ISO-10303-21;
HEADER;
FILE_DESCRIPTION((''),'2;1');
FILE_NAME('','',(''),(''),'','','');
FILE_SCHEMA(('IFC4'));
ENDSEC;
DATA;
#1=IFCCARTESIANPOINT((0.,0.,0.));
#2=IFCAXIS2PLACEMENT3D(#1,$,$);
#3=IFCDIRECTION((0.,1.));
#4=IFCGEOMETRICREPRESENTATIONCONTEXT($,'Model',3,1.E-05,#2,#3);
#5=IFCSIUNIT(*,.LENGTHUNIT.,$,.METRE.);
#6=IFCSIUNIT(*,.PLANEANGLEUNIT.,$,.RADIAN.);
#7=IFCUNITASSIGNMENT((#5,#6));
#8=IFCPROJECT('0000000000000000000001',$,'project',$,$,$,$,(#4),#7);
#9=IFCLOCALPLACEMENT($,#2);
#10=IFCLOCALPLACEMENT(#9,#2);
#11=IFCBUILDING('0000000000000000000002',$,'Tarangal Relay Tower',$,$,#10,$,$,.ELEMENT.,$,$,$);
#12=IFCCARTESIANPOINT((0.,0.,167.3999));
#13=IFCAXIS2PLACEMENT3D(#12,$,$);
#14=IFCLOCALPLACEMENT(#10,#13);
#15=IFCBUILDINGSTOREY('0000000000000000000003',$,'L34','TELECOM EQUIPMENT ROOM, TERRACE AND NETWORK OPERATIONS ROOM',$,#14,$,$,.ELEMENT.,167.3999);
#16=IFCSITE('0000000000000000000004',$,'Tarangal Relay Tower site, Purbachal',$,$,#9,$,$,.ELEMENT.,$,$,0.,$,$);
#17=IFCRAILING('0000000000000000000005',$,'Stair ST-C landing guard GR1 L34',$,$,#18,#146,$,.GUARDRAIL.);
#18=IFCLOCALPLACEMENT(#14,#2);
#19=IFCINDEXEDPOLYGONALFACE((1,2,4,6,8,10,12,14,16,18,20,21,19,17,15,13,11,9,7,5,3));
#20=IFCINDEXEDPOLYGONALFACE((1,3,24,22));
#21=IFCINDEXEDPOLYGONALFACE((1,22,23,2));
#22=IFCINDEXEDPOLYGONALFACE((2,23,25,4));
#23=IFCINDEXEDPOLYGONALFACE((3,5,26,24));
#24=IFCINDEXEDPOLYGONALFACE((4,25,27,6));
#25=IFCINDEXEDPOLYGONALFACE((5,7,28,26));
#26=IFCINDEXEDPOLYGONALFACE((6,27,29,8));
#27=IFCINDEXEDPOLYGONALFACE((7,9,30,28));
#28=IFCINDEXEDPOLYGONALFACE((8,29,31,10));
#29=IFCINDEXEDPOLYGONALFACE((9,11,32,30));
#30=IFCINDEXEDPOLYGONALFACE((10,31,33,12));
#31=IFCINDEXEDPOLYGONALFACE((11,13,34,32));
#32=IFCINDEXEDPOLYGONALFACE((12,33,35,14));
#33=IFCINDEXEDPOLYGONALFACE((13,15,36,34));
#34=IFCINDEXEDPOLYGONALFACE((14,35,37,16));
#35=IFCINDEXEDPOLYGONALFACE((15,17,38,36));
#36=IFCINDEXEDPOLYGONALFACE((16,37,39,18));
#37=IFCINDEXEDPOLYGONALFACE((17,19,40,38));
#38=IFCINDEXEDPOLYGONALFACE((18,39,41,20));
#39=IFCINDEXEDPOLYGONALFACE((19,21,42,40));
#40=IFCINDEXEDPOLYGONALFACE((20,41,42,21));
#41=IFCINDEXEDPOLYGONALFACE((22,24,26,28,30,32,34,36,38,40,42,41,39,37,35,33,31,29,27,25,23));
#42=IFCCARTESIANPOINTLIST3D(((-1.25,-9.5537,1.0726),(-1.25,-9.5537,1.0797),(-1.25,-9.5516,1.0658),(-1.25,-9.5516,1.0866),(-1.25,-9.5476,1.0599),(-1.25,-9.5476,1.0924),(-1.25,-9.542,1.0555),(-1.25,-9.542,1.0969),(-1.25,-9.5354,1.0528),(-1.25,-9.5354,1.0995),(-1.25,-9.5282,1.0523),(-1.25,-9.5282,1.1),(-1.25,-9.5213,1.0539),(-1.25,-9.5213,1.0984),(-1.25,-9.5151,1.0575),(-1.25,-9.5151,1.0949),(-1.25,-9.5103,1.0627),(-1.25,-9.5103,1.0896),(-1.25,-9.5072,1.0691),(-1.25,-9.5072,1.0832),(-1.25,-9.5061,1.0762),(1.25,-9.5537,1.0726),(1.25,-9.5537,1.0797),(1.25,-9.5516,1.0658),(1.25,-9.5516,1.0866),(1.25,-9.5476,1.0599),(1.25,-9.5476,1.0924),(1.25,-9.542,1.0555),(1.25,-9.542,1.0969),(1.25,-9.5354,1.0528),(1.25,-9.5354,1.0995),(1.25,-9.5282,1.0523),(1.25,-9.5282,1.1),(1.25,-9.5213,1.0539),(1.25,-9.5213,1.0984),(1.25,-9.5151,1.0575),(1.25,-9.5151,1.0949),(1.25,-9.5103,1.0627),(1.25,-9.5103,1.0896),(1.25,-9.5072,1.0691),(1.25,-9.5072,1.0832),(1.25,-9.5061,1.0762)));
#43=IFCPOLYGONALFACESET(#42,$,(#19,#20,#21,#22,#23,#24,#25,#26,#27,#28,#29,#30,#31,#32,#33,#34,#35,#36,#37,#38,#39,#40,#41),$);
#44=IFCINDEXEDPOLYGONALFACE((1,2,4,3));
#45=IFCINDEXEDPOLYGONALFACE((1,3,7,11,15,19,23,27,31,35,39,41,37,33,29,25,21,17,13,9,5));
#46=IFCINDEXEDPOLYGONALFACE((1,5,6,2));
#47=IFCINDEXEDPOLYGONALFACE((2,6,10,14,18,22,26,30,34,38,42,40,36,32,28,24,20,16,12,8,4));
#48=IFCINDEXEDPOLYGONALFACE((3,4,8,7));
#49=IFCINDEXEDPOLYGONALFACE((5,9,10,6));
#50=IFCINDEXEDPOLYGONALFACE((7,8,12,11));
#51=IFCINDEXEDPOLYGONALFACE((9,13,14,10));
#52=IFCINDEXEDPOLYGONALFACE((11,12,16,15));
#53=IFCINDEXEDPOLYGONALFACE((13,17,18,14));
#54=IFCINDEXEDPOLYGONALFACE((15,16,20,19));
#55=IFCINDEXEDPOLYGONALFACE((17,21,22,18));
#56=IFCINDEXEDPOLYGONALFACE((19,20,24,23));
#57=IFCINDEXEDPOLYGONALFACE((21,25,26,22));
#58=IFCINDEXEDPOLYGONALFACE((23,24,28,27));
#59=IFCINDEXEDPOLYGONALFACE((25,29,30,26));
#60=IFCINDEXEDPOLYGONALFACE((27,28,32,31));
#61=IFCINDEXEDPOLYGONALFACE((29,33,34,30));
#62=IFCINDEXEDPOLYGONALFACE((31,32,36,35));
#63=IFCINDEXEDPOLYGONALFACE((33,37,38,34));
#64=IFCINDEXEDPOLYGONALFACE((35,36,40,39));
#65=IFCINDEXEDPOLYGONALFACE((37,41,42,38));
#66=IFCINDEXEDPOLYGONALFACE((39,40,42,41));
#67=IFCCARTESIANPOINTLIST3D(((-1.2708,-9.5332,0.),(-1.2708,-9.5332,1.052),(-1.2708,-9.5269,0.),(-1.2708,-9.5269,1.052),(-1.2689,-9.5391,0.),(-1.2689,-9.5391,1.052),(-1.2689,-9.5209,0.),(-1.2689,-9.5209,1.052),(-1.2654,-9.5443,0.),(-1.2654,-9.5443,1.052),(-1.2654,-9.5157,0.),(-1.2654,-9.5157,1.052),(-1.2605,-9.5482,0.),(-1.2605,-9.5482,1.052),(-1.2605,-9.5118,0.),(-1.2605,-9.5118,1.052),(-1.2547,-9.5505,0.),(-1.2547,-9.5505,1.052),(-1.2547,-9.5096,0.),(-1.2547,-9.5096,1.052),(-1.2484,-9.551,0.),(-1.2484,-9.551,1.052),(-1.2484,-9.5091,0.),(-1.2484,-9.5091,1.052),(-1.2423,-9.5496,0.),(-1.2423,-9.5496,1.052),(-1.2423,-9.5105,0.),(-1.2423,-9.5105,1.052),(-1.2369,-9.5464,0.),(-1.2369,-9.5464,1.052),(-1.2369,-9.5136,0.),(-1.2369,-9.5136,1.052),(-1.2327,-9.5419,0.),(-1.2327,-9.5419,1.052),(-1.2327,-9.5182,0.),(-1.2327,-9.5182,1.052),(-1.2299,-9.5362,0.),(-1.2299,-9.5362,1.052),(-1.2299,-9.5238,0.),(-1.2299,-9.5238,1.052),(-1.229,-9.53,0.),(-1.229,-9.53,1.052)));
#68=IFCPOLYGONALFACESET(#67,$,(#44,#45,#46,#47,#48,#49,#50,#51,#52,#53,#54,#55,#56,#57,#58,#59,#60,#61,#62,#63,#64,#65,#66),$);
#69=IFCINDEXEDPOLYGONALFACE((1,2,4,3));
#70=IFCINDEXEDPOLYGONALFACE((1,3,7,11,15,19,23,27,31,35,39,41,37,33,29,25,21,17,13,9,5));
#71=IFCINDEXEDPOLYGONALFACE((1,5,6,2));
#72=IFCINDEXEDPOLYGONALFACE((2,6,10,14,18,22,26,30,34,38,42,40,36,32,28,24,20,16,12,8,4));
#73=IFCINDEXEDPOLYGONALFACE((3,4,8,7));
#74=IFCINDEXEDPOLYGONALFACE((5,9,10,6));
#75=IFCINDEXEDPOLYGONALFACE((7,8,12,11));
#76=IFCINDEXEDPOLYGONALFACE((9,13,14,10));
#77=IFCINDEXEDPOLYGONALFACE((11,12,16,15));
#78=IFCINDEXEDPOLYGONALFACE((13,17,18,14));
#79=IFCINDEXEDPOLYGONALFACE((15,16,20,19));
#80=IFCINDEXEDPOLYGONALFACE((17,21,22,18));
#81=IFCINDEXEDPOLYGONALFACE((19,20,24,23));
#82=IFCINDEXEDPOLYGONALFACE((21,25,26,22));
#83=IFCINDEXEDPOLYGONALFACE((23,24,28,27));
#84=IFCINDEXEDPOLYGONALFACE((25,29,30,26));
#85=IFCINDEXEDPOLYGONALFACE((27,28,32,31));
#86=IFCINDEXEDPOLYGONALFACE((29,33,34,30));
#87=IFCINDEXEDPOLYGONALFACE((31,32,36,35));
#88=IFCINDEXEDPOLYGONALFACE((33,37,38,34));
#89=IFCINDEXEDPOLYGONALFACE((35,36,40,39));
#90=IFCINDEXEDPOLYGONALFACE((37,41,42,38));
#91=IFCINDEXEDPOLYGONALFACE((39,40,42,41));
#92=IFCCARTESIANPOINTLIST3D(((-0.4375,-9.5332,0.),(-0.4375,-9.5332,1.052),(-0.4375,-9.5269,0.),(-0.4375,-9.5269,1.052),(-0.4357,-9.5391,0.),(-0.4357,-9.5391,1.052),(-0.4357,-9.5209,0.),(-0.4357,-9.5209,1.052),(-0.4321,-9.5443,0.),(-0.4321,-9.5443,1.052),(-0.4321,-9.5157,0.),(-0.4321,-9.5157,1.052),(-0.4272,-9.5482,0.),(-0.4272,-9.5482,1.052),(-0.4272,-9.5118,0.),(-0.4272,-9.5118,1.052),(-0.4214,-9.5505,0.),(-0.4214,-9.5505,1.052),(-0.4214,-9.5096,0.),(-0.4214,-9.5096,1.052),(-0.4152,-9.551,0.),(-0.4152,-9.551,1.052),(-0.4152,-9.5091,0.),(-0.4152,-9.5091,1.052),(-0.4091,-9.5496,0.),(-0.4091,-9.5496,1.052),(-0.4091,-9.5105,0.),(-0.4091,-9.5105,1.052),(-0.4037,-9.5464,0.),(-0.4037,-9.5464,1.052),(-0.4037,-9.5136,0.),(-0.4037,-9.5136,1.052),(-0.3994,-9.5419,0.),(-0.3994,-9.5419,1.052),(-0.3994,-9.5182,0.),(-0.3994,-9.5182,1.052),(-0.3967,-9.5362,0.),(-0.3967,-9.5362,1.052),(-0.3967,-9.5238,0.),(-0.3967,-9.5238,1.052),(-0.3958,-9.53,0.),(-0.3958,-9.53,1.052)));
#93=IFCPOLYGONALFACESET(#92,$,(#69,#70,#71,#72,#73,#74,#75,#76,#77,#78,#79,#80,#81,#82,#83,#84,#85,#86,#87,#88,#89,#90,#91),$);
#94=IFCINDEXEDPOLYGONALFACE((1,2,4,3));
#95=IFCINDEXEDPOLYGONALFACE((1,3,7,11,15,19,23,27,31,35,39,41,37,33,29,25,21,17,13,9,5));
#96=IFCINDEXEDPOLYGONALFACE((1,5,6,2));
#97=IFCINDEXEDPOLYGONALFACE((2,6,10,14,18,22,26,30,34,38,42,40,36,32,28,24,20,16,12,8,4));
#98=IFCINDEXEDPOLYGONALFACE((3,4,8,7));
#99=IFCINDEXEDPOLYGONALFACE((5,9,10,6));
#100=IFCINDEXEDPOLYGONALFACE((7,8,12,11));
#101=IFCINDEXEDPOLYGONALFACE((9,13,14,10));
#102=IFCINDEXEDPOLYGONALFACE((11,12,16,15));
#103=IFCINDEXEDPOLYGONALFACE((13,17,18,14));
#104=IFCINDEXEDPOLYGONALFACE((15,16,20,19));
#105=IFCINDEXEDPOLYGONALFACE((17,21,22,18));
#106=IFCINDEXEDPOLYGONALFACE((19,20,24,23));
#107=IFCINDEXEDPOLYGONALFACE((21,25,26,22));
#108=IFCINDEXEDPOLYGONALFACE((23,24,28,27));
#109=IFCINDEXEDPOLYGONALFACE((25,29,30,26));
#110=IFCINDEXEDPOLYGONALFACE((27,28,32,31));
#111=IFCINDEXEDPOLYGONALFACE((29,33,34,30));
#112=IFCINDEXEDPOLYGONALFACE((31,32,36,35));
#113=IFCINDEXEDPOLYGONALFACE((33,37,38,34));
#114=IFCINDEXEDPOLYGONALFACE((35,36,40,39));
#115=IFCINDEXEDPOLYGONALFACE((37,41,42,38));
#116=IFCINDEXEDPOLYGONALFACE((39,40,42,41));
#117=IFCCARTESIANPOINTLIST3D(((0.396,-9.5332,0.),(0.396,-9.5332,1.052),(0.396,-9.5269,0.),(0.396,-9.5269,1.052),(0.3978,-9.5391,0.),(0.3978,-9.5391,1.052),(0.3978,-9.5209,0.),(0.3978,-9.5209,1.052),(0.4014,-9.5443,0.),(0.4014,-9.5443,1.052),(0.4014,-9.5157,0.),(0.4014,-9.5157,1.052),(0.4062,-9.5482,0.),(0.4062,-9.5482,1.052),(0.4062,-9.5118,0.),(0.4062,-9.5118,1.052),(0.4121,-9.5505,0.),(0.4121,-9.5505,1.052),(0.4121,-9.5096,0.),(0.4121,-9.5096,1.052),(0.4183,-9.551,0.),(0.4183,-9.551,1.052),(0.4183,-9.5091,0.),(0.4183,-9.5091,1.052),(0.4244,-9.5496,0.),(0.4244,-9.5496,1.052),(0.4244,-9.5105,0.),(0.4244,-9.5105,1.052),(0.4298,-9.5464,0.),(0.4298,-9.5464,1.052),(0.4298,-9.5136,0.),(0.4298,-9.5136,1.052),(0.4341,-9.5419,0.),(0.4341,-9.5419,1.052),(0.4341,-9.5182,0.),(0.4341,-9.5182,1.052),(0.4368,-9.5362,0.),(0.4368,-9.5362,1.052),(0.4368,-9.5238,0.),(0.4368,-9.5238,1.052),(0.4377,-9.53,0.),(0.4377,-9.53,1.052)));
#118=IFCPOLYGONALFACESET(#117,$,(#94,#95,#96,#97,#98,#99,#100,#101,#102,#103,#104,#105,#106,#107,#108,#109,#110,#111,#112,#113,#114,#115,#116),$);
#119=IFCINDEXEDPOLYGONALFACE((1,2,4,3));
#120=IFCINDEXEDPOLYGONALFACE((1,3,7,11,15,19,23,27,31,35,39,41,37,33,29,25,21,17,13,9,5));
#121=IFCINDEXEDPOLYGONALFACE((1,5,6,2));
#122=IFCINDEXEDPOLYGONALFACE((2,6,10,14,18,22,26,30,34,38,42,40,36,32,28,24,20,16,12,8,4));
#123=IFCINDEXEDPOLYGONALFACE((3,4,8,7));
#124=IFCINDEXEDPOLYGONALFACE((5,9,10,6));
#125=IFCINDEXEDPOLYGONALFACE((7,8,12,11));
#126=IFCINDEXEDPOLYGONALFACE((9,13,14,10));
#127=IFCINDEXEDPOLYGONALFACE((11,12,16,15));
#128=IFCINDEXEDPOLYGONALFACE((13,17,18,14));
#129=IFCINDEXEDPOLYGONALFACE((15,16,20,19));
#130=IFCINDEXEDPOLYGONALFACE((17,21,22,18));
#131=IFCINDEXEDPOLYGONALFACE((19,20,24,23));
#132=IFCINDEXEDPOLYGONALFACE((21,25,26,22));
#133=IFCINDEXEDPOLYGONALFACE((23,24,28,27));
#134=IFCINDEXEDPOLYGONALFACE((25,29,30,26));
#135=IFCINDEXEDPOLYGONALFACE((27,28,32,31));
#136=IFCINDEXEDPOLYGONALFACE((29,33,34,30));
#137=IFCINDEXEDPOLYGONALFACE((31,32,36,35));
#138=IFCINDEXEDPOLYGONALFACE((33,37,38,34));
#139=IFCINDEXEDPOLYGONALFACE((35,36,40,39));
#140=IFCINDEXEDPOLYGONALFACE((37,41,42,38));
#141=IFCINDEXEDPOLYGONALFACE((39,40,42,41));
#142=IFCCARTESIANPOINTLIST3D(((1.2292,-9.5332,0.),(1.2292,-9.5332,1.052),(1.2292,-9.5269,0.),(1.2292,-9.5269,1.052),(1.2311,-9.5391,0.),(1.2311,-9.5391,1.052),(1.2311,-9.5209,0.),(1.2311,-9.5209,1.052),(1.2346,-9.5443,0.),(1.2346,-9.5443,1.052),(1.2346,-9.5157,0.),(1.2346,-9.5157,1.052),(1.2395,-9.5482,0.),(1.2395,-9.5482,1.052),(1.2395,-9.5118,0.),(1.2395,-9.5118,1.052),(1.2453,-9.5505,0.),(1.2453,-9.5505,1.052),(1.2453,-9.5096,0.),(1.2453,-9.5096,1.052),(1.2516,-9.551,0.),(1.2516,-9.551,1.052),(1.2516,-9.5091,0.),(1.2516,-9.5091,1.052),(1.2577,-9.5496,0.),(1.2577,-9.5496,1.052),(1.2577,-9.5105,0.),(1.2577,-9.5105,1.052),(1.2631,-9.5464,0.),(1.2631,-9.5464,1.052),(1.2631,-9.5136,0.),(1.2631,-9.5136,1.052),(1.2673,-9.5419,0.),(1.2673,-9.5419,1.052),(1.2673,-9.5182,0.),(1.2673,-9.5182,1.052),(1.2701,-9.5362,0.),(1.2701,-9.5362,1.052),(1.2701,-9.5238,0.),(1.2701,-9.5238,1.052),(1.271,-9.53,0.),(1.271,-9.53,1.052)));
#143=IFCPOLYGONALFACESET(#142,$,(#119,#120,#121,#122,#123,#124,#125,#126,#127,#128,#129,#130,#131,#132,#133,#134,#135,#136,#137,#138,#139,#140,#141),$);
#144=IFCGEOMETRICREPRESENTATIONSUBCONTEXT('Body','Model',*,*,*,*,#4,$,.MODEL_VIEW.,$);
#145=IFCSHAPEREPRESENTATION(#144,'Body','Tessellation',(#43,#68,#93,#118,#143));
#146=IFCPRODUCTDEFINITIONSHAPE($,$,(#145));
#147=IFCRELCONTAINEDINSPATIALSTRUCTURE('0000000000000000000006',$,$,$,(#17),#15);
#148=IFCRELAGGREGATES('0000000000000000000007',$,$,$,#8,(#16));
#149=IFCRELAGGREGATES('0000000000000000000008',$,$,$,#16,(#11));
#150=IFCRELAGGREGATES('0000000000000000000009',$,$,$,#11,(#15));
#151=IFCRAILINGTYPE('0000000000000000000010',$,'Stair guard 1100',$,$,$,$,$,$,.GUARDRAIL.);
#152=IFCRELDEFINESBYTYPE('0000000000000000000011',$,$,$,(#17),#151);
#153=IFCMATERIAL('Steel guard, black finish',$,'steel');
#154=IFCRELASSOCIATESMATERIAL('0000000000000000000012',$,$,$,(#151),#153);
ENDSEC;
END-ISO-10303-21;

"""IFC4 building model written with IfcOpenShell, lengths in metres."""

from ifc_helpers import new_model, si_unit, direction, frame, origin, origin_2d, place, context, subcontext, project, spatial, circle, extrude, material, type_object, element, save


model = new_model("IFC4")

# Units and contexts
model_context = context("Model", 3, precision=1e-05, world=origin(), true_north=direction((0.0, 1.0)))
body_context = subcontext(model_context, "Body", "Model", "MODEL_VIEW")
ifc_project = project(units=[si_unit("LENGTHUNIT", "METRE"), si_unit("PLANEANGLEUNIT", "RADIAN")], contexts=[model_context])

# Site, building, storey
site_placement = place(None, origin())
site = spatial("IfcSite", under=ifc_project, at=site_placement, Name="Tarangal Relay Tower site, Purbachal", CompositionType="ELEMENT", RefElevation=0.0)
building_placement = place(site_placement, origin())
building = spatial("IfcBuilding", under=site, at=building_placement, Name="Tarangal Relay Tower", CompositionType="ELEMENT")
storey_placement = place(building_placement, frame((0.0, 0.0, 167.3999)))
storey = spatial("IfcBuildingStorey", under=building, at=storey_placement, Name="L34", Description="TELECOM EQUIPMENT ROOM, TERRACE AND NETWORK OPERATIONS ROOM", CompositionType="ELEMENT", Elevation=167.3999)

# Railing
ifc_material_1 = material(Name="Steel guard, black finish", Category="steel")
railing_type_1 = type_object("IfcRailingType", Name="Stair guard 1100", PredefinedType="GUARDRAIL", material=ifc_material_1)
for number, where, name in (
    (1, (-1.25, -9.53, 0.0), "Stair ST-C landing guard GR1 L34"),
):
    element("IfcRailing", number, at=place(storey_placement, frame(where)), inside=storey, type_object=railing_type_1, Name=name, PredefinedType="GUARDRAIL", context=body_context, shape_type="SweptSolid", body=[
        extrude(circle(Radius=0.0239, at=origin_2d()), frame((0.0, 0.0, 1.0762), z_axis=(1.0, 0.0, 0.0), x_axis=(0.0, 1.0, 0.0)), (0.0, 0.0, 1.0), 2.5),
        extrude(circle(Radius=0.021, at=origin_2d()), origin(), (0.0, 0.0, 1.0), 1.052),
        extrude(circle(Radius=0.021, at=origin_2d()), frame((0.8333, 0.0, 0.0)), (0.0, 0.0, 1.0), 1.052),
        extrude(circle(Radius=0.021, at=origin_2d()), frame((1.6667, 0.0, 0.0)), (0.0, 0.0, 1.0), 1.052),
        extrude(circle(Radius=0.021, at=origin_2d()), frame((2.5, 0.0, 0.0)), (0.0, 0.0, 1.0), 1.052),
    ])

save(model, "model.ifc")
